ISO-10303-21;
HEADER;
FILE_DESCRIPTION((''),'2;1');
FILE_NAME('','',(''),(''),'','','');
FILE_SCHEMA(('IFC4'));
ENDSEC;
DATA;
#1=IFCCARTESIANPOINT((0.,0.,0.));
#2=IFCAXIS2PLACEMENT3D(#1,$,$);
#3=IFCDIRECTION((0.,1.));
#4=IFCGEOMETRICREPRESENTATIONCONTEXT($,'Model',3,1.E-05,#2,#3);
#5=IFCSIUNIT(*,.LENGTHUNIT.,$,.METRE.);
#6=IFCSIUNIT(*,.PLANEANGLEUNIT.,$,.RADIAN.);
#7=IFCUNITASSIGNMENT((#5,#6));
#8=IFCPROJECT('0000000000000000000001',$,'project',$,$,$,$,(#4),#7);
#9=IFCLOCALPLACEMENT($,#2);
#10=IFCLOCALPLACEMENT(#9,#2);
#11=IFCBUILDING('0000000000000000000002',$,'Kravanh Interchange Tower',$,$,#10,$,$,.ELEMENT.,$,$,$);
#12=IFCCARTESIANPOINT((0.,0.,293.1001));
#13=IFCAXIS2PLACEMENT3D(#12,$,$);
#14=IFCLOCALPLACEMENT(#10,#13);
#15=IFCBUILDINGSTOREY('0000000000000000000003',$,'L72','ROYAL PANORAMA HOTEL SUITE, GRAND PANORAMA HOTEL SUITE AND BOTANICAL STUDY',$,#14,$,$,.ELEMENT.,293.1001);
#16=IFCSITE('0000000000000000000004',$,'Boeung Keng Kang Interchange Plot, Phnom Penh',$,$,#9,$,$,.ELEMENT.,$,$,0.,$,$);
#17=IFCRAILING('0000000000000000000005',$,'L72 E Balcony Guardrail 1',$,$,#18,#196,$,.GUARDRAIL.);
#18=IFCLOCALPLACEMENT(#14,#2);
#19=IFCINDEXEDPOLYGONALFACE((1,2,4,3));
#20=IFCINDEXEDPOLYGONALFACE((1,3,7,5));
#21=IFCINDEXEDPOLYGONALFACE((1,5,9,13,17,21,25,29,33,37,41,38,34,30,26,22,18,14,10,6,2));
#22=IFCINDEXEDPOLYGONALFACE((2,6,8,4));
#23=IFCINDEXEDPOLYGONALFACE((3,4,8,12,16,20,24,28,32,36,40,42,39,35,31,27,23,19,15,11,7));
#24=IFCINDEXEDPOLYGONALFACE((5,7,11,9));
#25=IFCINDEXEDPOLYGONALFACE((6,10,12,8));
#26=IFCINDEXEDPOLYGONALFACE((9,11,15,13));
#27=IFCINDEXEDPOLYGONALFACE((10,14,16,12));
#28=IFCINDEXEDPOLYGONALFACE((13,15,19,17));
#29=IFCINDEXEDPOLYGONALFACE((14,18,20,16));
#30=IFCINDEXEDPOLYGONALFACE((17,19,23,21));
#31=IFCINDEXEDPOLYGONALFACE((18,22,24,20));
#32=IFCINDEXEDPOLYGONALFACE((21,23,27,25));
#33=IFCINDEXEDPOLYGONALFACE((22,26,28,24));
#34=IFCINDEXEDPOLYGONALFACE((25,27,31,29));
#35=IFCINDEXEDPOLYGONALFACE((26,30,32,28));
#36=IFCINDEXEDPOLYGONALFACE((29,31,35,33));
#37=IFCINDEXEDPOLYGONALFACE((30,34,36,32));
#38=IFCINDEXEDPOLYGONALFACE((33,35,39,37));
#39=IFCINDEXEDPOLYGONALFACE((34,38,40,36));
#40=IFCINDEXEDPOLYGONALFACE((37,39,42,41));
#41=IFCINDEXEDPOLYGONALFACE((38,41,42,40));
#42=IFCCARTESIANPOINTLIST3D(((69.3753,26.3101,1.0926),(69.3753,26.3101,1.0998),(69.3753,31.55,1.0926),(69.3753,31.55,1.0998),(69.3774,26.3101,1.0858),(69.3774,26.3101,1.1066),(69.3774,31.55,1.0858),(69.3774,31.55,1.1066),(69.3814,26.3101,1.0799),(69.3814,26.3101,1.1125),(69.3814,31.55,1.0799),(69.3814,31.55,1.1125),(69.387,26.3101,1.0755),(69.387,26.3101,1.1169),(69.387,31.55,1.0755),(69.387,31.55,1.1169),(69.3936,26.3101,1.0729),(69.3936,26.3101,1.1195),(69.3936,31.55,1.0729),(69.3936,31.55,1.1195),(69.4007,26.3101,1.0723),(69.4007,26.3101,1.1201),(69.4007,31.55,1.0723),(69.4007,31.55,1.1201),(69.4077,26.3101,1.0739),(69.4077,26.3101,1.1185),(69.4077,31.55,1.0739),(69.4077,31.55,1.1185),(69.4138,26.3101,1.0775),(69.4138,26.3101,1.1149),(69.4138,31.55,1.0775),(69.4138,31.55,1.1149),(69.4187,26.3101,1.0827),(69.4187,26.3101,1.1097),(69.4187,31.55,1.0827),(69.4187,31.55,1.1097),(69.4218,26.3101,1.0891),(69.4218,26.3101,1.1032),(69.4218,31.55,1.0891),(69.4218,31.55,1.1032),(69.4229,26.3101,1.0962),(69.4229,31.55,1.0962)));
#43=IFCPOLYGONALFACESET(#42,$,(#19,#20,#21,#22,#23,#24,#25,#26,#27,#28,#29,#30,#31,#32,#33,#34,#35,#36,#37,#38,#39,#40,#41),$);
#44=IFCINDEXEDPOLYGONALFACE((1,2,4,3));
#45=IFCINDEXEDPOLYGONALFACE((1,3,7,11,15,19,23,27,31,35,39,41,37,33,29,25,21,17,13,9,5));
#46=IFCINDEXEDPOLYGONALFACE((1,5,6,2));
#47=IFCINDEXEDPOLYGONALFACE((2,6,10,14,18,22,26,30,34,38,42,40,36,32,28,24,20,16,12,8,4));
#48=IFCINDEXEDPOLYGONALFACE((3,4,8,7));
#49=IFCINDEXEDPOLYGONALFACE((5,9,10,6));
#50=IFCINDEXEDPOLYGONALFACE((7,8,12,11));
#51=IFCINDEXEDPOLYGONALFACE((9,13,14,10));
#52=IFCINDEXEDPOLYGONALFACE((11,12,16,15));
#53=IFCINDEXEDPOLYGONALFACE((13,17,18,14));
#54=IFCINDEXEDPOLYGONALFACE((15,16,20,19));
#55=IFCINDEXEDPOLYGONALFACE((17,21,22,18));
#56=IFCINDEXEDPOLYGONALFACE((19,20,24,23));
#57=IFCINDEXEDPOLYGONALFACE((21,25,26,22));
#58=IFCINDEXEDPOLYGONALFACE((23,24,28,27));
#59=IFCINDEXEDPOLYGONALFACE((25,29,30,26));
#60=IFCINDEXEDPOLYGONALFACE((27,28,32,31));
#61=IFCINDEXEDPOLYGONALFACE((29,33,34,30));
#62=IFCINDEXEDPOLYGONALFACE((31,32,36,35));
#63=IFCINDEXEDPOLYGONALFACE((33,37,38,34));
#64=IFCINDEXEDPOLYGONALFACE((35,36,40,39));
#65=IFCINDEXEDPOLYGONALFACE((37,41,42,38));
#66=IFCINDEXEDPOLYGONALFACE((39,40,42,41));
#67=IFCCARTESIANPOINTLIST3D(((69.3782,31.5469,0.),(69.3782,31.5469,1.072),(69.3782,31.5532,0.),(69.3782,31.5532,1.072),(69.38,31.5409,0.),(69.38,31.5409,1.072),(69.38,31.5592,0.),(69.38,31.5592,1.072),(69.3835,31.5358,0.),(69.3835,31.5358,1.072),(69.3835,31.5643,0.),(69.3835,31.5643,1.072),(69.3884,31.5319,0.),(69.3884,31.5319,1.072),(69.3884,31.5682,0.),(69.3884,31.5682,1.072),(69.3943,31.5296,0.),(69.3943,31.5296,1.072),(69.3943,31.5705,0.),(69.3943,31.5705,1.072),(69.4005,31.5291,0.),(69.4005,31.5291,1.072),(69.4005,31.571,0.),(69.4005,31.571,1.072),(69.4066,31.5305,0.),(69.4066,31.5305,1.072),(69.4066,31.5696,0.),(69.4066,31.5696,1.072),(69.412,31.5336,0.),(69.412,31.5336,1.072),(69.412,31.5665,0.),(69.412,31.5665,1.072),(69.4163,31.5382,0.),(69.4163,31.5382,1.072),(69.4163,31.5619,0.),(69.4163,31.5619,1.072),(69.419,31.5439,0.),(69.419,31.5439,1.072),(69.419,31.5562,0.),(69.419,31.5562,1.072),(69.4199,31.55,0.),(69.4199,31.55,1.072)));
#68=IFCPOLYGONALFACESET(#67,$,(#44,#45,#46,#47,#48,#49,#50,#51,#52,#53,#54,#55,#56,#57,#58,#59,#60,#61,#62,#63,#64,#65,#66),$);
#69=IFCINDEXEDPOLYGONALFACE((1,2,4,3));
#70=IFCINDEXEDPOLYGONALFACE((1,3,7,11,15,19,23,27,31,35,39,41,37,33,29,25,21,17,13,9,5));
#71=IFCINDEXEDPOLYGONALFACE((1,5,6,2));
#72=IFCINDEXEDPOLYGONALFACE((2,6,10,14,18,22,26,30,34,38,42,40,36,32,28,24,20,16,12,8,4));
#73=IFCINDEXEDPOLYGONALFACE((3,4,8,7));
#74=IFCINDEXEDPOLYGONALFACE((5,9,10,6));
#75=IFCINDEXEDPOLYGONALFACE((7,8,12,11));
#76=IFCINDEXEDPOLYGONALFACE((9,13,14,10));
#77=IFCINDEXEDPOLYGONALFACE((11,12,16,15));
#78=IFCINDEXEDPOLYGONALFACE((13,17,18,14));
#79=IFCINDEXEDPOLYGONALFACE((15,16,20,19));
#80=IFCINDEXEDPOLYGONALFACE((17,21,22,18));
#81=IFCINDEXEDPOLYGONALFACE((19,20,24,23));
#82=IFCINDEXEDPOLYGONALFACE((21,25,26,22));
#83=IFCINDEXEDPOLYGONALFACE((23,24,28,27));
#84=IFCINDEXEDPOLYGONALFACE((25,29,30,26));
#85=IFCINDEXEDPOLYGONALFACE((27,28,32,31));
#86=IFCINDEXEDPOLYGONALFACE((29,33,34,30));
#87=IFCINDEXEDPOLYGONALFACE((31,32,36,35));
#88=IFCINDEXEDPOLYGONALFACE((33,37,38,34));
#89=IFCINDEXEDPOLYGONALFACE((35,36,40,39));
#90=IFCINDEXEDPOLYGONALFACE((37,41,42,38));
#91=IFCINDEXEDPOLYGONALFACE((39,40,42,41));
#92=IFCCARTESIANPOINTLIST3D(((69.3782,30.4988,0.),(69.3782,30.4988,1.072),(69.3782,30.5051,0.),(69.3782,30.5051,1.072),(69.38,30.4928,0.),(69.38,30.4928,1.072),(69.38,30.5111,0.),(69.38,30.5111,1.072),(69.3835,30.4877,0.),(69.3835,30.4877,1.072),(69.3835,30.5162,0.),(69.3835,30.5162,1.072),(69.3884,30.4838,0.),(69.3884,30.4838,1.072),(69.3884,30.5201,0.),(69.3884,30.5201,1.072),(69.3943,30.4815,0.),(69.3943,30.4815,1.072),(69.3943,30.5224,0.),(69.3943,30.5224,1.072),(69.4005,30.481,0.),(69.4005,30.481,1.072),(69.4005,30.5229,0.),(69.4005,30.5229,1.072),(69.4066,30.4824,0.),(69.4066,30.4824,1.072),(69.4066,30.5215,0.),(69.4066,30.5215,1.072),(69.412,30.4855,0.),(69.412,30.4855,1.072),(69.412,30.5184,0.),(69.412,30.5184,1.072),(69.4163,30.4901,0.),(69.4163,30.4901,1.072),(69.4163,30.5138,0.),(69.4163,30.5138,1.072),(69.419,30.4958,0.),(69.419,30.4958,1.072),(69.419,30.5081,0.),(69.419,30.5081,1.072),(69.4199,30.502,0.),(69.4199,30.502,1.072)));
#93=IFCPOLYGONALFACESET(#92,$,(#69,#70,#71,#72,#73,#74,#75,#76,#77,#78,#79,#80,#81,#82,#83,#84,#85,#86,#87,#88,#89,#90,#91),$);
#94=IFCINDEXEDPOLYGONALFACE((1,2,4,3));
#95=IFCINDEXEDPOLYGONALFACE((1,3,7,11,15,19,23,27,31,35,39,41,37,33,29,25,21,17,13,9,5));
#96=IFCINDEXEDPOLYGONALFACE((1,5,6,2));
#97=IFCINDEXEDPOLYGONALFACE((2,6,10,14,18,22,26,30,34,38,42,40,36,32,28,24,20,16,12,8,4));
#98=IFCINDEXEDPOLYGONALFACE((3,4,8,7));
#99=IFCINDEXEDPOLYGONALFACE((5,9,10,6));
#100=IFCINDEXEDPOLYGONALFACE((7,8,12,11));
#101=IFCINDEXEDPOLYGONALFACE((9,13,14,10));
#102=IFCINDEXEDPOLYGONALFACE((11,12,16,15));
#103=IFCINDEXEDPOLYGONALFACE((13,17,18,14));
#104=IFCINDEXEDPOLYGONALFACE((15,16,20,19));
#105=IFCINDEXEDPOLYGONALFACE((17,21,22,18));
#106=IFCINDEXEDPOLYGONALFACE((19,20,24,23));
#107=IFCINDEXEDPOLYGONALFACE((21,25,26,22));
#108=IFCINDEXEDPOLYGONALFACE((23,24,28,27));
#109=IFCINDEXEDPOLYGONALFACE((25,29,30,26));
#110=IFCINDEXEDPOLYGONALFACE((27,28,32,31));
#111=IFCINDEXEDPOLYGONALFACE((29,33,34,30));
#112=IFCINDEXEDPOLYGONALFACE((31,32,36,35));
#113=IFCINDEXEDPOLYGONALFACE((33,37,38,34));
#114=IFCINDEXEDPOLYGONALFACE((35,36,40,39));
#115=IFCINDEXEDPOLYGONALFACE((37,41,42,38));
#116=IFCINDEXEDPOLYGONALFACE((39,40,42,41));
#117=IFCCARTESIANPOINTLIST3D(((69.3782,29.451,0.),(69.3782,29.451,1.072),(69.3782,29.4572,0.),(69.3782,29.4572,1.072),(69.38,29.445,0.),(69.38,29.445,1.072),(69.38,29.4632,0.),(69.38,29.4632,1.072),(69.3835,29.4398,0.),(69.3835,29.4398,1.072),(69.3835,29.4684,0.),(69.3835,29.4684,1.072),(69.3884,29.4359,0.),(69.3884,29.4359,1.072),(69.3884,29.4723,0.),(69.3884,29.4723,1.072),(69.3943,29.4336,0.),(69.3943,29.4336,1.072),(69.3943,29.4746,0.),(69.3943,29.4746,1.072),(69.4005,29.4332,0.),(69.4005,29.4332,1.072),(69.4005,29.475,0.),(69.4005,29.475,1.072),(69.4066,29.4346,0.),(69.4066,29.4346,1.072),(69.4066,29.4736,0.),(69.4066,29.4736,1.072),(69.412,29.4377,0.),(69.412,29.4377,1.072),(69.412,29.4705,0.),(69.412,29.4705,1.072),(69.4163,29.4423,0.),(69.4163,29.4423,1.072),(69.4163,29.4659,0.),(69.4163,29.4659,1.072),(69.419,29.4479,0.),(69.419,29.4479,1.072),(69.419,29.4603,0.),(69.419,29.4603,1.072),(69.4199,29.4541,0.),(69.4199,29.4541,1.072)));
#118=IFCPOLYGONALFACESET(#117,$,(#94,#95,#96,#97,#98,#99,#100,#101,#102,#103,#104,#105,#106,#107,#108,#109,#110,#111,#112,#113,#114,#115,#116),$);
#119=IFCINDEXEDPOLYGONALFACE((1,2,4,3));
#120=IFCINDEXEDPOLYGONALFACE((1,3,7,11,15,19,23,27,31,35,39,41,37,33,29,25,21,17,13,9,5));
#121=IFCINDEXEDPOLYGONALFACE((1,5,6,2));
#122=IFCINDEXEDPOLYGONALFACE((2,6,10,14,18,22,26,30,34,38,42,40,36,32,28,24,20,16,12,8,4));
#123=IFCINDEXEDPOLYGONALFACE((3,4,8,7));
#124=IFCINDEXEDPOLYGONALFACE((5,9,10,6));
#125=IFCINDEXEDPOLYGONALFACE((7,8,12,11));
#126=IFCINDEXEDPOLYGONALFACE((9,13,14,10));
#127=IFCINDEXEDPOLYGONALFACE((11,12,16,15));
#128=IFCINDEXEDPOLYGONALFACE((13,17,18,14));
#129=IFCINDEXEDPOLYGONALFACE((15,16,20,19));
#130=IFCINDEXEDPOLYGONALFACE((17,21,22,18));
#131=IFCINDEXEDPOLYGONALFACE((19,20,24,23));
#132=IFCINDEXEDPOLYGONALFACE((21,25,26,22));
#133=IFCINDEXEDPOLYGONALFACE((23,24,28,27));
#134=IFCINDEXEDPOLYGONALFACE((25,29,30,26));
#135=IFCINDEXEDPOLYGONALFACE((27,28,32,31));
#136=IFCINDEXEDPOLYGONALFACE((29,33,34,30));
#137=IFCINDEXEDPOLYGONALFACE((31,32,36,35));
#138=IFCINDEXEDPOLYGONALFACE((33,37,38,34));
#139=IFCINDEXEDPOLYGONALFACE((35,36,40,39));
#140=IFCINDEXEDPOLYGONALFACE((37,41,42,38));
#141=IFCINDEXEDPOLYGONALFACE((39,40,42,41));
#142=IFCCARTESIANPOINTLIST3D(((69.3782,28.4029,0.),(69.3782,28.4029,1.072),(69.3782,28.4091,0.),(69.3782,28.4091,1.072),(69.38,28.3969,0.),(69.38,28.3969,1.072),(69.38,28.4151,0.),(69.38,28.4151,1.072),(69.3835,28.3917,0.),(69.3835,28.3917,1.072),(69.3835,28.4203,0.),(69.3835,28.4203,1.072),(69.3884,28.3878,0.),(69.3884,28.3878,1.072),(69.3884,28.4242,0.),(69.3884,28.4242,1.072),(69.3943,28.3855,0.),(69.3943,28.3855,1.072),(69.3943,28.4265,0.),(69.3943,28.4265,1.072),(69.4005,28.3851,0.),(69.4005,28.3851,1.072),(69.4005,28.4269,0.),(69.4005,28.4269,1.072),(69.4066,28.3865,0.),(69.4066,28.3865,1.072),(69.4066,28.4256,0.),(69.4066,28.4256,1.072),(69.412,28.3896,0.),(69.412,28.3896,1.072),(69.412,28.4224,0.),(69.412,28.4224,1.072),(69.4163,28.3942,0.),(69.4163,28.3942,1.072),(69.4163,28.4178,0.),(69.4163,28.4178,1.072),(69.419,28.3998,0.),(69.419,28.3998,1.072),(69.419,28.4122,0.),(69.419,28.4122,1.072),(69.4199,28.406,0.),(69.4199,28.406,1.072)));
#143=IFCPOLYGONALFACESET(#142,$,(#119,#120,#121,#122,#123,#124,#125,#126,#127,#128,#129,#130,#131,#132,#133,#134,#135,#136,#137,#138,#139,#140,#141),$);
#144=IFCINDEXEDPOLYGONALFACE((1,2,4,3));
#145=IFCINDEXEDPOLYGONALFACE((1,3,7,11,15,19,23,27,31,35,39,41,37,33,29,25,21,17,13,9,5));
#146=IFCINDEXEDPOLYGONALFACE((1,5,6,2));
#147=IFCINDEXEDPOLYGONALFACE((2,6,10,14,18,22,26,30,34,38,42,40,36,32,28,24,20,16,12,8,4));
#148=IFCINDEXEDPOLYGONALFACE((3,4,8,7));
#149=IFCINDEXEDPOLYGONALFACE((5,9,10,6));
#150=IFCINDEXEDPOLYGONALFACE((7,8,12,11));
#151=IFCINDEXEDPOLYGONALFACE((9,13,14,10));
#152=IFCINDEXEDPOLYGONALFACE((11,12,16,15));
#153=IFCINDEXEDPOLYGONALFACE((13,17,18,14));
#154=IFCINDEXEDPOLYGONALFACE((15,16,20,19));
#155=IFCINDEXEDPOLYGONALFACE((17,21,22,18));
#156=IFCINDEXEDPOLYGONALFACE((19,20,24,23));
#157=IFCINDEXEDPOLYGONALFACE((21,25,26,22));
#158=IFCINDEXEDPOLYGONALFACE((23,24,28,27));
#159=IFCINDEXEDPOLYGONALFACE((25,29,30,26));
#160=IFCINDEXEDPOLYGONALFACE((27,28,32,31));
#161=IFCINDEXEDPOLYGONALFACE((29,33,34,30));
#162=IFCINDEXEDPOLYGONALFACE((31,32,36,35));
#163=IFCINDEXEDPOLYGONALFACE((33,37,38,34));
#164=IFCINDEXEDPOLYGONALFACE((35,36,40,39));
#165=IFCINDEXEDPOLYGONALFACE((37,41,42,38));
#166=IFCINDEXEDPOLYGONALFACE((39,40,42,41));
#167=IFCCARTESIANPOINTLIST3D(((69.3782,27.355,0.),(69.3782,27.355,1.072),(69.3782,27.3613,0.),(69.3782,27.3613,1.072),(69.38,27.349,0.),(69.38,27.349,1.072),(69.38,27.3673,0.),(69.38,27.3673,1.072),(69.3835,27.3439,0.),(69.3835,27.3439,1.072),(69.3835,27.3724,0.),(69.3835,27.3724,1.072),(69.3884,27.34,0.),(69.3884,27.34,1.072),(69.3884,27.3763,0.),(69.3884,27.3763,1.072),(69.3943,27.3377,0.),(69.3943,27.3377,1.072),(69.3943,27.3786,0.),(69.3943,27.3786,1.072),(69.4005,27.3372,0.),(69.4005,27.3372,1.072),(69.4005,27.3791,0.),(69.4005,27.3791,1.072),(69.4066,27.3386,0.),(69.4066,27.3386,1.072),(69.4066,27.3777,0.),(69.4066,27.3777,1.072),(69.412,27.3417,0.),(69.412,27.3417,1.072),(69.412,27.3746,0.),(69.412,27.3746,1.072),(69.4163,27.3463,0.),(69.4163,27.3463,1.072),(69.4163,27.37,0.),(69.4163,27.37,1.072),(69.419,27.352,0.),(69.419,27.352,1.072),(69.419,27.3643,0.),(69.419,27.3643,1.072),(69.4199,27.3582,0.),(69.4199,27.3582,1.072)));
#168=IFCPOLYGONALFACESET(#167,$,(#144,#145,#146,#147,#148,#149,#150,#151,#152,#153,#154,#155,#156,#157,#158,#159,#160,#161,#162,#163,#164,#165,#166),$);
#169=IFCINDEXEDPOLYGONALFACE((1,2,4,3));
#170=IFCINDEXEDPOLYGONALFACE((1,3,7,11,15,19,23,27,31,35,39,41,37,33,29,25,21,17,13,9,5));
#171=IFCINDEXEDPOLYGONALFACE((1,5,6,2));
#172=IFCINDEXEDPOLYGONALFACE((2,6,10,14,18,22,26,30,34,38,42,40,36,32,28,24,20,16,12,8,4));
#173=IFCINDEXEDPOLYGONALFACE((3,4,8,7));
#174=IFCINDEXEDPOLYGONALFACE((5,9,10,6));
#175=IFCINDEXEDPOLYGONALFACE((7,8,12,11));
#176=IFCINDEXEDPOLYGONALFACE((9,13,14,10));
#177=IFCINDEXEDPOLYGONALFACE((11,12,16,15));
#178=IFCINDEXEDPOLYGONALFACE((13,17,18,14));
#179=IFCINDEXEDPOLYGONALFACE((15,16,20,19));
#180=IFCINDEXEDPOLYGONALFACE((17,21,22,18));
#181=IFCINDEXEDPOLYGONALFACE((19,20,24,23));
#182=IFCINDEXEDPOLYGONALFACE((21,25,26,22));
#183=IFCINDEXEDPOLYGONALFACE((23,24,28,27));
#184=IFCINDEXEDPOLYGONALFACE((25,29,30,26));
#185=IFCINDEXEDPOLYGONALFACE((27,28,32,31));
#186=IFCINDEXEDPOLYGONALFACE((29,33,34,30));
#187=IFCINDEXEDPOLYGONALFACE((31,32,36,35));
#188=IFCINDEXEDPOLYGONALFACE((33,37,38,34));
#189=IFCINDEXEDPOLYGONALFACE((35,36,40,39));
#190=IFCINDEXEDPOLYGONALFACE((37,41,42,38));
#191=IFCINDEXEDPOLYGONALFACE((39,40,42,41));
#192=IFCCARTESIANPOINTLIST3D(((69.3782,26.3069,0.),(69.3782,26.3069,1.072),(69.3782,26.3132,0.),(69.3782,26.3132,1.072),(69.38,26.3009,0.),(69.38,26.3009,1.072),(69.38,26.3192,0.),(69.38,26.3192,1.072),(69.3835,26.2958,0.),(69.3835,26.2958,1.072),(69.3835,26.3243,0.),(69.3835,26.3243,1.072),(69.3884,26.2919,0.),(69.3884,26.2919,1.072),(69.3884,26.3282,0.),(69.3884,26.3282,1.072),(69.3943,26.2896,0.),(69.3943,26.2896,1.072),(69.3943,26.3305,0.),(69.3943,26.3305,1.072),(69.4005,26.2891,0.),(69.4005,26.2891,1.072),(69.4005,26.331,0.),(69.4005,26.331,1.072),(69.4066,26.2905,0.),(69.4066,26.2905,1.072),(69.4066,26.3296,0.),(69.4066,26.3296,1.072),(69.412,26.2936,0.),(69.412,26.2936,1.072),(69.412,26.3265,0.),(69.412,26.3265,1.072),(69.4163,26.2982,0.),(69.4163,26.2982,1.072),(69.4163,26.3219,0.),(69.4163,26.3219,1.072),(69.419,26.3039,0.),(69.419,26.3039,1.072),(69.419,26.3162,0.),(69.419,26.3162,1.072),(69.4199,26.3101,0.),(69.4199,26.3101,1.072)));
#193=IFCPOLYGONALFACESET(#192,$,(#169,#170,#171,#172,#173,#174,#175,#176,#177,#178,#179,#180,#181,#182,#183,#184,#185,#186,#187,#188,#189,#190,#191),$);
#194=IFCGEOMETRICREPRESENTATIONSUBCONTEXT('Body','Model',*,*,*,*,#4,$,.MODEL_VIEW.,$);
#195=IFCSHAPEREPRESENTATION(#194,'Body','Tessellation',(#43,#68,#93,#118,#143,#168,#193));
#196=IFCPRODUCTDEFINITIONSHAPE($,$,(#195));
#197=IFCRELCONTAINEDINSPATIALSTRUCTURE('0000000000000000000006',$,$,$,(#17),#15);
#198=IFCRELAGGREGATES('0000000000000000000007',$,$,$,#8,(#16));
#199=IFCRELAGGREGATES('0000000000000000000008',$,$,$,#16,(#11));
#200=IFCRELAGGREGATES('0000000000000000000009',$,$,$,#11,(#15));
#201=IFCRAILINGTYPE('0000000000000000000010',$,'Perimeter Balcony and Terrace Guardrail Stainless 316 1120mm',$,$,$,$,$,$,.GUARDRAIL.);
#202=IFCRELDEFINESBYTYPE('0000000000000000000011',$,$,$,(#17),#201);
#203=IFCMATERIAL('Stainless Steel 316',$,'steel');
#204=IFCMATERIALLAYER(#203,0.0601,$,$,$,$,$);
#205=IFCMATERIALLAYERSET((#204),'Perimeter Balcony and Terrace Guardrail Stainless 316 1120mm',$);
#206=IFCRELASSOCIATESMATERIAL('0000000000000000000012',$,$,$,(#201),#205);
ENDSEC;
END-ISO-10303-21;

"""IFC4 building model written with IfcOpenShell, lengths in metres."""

from ifc_helpers import new_model, si_unit, direction, frame, origin, origin_2d, place, context, subcontext, project, spatial, circle, extrude, material, layer, layer_set, type_object, element, save


model = new_model("IFC4")

# Units and contexts
model_context = context("Model", 3, precision=1e-05, world=origin(), true_north=direction((0.0, 1.0)))
body_context = subcontext(model_context, "Body", "Model", "MODEL_VIEW")
ifc_project = project(units=[si_unit("LENGTHUNIT", "METRE"), si_unit("PLANEANGLEUNIT", "RADIAN")], contexts=[model_context])

# Site, building, storey
site_placement = place(None, origin())
site = spatial("IfcSite", under=ifc_project, at=site_placement, Name="Boeung Keng Kang Interchange Plot, Phnom Penh", CompositionType="ELEMENT", RefElevation=0.0)
building_placement = place(site_placement, origin())
building = spatial("IfcBuilding", under=site, at=building_placement, Name="Kravanh Interchange Tower", CompositionType="ELEMENT")
storey_placement = place(building_placement, frame((0.0, 0.0, 293.1001)))
storey = spatial("IfcBuildingStorey", under=building, at=storey_placement, Name="L72", Description="ROYAL PANORAMA HOTEL SUITE, GRAND PANORAMA HOTEL SUITE AND BOTANICAL STUDY", CompositionType="ELEMENT", Elevation=293.1001)

# Railing
ifc_material_1 = material(Name="Stainless Steel 316", Category="steel")
ifc_layer_1 = layer(ifc_material_1, 0.0601)
ifc_layer_set_1 = layer_set([ifc_layer_1], Name="Perimeter Balcony and Terrace Guardrail Stainless 316 1120mm")
railing_type_1 = type_object("IfcRailingType", Name="Perimeter Balcony and Terrace Guardrail Stainless 316 1120mm", PredefinedType="GUARDRAIL", material=ifc_layer_set_1)
railing_1_placement = place(storey_placement, frame((69.3989, 31.55, 0.0)))
element("IfcRailing", 1, at=railing_1_placement, inside=storey, type_object=railing_type_1, Name="L72 E Balcony Guardrail 1", PredefinedType="GUARDRAIL", context=body_context, shape_type="SweptSolid", body=[
    extrude(circle(Radius=0.0239, at=origin_2d()), frame((0.0, 0.0, 1.0962), z_axis=(0.0, -1.0, 0.0), x_axis=(1.0, 0.0, 0.0)), (0.0, 0.0, 1.0), 5.24),
    extrude(circle(Radius=0.021, at=origin_2d()), origin(), (0.0, 0.0, 1.0), 1.072),
    extrude(circle(Radius=0.021, at=origin_2d()), frame((0.0, -1.0481, 0.0)), (0.0, 0.0, 1.0), 1.072),
    extrude(circle(Radius=0.021, at=origin_2d()), frame((0.0, -2.0959, 0.0)), (0.0, 0.0, 1.0), 1.072),
    extrude(circle(Radius=0.021, at=origin_2d()), frame((0.0, -3.144, 0.0)), (0.0, 0.0, 1.0), 1.072),
    extrude(circle(Radius=0.021, at=origin_2d()), frame((0.0, -4.1919, 0.0)), (0.0, 0.0, 1.0), 1.072),
    extrude(circle(Radius=0.021, at=origin_2d()), frame((0.0, -5.24, 0.0)), (0.0, 0.0, 1.0), 1.072),
])

save(model, "model.ifc")
